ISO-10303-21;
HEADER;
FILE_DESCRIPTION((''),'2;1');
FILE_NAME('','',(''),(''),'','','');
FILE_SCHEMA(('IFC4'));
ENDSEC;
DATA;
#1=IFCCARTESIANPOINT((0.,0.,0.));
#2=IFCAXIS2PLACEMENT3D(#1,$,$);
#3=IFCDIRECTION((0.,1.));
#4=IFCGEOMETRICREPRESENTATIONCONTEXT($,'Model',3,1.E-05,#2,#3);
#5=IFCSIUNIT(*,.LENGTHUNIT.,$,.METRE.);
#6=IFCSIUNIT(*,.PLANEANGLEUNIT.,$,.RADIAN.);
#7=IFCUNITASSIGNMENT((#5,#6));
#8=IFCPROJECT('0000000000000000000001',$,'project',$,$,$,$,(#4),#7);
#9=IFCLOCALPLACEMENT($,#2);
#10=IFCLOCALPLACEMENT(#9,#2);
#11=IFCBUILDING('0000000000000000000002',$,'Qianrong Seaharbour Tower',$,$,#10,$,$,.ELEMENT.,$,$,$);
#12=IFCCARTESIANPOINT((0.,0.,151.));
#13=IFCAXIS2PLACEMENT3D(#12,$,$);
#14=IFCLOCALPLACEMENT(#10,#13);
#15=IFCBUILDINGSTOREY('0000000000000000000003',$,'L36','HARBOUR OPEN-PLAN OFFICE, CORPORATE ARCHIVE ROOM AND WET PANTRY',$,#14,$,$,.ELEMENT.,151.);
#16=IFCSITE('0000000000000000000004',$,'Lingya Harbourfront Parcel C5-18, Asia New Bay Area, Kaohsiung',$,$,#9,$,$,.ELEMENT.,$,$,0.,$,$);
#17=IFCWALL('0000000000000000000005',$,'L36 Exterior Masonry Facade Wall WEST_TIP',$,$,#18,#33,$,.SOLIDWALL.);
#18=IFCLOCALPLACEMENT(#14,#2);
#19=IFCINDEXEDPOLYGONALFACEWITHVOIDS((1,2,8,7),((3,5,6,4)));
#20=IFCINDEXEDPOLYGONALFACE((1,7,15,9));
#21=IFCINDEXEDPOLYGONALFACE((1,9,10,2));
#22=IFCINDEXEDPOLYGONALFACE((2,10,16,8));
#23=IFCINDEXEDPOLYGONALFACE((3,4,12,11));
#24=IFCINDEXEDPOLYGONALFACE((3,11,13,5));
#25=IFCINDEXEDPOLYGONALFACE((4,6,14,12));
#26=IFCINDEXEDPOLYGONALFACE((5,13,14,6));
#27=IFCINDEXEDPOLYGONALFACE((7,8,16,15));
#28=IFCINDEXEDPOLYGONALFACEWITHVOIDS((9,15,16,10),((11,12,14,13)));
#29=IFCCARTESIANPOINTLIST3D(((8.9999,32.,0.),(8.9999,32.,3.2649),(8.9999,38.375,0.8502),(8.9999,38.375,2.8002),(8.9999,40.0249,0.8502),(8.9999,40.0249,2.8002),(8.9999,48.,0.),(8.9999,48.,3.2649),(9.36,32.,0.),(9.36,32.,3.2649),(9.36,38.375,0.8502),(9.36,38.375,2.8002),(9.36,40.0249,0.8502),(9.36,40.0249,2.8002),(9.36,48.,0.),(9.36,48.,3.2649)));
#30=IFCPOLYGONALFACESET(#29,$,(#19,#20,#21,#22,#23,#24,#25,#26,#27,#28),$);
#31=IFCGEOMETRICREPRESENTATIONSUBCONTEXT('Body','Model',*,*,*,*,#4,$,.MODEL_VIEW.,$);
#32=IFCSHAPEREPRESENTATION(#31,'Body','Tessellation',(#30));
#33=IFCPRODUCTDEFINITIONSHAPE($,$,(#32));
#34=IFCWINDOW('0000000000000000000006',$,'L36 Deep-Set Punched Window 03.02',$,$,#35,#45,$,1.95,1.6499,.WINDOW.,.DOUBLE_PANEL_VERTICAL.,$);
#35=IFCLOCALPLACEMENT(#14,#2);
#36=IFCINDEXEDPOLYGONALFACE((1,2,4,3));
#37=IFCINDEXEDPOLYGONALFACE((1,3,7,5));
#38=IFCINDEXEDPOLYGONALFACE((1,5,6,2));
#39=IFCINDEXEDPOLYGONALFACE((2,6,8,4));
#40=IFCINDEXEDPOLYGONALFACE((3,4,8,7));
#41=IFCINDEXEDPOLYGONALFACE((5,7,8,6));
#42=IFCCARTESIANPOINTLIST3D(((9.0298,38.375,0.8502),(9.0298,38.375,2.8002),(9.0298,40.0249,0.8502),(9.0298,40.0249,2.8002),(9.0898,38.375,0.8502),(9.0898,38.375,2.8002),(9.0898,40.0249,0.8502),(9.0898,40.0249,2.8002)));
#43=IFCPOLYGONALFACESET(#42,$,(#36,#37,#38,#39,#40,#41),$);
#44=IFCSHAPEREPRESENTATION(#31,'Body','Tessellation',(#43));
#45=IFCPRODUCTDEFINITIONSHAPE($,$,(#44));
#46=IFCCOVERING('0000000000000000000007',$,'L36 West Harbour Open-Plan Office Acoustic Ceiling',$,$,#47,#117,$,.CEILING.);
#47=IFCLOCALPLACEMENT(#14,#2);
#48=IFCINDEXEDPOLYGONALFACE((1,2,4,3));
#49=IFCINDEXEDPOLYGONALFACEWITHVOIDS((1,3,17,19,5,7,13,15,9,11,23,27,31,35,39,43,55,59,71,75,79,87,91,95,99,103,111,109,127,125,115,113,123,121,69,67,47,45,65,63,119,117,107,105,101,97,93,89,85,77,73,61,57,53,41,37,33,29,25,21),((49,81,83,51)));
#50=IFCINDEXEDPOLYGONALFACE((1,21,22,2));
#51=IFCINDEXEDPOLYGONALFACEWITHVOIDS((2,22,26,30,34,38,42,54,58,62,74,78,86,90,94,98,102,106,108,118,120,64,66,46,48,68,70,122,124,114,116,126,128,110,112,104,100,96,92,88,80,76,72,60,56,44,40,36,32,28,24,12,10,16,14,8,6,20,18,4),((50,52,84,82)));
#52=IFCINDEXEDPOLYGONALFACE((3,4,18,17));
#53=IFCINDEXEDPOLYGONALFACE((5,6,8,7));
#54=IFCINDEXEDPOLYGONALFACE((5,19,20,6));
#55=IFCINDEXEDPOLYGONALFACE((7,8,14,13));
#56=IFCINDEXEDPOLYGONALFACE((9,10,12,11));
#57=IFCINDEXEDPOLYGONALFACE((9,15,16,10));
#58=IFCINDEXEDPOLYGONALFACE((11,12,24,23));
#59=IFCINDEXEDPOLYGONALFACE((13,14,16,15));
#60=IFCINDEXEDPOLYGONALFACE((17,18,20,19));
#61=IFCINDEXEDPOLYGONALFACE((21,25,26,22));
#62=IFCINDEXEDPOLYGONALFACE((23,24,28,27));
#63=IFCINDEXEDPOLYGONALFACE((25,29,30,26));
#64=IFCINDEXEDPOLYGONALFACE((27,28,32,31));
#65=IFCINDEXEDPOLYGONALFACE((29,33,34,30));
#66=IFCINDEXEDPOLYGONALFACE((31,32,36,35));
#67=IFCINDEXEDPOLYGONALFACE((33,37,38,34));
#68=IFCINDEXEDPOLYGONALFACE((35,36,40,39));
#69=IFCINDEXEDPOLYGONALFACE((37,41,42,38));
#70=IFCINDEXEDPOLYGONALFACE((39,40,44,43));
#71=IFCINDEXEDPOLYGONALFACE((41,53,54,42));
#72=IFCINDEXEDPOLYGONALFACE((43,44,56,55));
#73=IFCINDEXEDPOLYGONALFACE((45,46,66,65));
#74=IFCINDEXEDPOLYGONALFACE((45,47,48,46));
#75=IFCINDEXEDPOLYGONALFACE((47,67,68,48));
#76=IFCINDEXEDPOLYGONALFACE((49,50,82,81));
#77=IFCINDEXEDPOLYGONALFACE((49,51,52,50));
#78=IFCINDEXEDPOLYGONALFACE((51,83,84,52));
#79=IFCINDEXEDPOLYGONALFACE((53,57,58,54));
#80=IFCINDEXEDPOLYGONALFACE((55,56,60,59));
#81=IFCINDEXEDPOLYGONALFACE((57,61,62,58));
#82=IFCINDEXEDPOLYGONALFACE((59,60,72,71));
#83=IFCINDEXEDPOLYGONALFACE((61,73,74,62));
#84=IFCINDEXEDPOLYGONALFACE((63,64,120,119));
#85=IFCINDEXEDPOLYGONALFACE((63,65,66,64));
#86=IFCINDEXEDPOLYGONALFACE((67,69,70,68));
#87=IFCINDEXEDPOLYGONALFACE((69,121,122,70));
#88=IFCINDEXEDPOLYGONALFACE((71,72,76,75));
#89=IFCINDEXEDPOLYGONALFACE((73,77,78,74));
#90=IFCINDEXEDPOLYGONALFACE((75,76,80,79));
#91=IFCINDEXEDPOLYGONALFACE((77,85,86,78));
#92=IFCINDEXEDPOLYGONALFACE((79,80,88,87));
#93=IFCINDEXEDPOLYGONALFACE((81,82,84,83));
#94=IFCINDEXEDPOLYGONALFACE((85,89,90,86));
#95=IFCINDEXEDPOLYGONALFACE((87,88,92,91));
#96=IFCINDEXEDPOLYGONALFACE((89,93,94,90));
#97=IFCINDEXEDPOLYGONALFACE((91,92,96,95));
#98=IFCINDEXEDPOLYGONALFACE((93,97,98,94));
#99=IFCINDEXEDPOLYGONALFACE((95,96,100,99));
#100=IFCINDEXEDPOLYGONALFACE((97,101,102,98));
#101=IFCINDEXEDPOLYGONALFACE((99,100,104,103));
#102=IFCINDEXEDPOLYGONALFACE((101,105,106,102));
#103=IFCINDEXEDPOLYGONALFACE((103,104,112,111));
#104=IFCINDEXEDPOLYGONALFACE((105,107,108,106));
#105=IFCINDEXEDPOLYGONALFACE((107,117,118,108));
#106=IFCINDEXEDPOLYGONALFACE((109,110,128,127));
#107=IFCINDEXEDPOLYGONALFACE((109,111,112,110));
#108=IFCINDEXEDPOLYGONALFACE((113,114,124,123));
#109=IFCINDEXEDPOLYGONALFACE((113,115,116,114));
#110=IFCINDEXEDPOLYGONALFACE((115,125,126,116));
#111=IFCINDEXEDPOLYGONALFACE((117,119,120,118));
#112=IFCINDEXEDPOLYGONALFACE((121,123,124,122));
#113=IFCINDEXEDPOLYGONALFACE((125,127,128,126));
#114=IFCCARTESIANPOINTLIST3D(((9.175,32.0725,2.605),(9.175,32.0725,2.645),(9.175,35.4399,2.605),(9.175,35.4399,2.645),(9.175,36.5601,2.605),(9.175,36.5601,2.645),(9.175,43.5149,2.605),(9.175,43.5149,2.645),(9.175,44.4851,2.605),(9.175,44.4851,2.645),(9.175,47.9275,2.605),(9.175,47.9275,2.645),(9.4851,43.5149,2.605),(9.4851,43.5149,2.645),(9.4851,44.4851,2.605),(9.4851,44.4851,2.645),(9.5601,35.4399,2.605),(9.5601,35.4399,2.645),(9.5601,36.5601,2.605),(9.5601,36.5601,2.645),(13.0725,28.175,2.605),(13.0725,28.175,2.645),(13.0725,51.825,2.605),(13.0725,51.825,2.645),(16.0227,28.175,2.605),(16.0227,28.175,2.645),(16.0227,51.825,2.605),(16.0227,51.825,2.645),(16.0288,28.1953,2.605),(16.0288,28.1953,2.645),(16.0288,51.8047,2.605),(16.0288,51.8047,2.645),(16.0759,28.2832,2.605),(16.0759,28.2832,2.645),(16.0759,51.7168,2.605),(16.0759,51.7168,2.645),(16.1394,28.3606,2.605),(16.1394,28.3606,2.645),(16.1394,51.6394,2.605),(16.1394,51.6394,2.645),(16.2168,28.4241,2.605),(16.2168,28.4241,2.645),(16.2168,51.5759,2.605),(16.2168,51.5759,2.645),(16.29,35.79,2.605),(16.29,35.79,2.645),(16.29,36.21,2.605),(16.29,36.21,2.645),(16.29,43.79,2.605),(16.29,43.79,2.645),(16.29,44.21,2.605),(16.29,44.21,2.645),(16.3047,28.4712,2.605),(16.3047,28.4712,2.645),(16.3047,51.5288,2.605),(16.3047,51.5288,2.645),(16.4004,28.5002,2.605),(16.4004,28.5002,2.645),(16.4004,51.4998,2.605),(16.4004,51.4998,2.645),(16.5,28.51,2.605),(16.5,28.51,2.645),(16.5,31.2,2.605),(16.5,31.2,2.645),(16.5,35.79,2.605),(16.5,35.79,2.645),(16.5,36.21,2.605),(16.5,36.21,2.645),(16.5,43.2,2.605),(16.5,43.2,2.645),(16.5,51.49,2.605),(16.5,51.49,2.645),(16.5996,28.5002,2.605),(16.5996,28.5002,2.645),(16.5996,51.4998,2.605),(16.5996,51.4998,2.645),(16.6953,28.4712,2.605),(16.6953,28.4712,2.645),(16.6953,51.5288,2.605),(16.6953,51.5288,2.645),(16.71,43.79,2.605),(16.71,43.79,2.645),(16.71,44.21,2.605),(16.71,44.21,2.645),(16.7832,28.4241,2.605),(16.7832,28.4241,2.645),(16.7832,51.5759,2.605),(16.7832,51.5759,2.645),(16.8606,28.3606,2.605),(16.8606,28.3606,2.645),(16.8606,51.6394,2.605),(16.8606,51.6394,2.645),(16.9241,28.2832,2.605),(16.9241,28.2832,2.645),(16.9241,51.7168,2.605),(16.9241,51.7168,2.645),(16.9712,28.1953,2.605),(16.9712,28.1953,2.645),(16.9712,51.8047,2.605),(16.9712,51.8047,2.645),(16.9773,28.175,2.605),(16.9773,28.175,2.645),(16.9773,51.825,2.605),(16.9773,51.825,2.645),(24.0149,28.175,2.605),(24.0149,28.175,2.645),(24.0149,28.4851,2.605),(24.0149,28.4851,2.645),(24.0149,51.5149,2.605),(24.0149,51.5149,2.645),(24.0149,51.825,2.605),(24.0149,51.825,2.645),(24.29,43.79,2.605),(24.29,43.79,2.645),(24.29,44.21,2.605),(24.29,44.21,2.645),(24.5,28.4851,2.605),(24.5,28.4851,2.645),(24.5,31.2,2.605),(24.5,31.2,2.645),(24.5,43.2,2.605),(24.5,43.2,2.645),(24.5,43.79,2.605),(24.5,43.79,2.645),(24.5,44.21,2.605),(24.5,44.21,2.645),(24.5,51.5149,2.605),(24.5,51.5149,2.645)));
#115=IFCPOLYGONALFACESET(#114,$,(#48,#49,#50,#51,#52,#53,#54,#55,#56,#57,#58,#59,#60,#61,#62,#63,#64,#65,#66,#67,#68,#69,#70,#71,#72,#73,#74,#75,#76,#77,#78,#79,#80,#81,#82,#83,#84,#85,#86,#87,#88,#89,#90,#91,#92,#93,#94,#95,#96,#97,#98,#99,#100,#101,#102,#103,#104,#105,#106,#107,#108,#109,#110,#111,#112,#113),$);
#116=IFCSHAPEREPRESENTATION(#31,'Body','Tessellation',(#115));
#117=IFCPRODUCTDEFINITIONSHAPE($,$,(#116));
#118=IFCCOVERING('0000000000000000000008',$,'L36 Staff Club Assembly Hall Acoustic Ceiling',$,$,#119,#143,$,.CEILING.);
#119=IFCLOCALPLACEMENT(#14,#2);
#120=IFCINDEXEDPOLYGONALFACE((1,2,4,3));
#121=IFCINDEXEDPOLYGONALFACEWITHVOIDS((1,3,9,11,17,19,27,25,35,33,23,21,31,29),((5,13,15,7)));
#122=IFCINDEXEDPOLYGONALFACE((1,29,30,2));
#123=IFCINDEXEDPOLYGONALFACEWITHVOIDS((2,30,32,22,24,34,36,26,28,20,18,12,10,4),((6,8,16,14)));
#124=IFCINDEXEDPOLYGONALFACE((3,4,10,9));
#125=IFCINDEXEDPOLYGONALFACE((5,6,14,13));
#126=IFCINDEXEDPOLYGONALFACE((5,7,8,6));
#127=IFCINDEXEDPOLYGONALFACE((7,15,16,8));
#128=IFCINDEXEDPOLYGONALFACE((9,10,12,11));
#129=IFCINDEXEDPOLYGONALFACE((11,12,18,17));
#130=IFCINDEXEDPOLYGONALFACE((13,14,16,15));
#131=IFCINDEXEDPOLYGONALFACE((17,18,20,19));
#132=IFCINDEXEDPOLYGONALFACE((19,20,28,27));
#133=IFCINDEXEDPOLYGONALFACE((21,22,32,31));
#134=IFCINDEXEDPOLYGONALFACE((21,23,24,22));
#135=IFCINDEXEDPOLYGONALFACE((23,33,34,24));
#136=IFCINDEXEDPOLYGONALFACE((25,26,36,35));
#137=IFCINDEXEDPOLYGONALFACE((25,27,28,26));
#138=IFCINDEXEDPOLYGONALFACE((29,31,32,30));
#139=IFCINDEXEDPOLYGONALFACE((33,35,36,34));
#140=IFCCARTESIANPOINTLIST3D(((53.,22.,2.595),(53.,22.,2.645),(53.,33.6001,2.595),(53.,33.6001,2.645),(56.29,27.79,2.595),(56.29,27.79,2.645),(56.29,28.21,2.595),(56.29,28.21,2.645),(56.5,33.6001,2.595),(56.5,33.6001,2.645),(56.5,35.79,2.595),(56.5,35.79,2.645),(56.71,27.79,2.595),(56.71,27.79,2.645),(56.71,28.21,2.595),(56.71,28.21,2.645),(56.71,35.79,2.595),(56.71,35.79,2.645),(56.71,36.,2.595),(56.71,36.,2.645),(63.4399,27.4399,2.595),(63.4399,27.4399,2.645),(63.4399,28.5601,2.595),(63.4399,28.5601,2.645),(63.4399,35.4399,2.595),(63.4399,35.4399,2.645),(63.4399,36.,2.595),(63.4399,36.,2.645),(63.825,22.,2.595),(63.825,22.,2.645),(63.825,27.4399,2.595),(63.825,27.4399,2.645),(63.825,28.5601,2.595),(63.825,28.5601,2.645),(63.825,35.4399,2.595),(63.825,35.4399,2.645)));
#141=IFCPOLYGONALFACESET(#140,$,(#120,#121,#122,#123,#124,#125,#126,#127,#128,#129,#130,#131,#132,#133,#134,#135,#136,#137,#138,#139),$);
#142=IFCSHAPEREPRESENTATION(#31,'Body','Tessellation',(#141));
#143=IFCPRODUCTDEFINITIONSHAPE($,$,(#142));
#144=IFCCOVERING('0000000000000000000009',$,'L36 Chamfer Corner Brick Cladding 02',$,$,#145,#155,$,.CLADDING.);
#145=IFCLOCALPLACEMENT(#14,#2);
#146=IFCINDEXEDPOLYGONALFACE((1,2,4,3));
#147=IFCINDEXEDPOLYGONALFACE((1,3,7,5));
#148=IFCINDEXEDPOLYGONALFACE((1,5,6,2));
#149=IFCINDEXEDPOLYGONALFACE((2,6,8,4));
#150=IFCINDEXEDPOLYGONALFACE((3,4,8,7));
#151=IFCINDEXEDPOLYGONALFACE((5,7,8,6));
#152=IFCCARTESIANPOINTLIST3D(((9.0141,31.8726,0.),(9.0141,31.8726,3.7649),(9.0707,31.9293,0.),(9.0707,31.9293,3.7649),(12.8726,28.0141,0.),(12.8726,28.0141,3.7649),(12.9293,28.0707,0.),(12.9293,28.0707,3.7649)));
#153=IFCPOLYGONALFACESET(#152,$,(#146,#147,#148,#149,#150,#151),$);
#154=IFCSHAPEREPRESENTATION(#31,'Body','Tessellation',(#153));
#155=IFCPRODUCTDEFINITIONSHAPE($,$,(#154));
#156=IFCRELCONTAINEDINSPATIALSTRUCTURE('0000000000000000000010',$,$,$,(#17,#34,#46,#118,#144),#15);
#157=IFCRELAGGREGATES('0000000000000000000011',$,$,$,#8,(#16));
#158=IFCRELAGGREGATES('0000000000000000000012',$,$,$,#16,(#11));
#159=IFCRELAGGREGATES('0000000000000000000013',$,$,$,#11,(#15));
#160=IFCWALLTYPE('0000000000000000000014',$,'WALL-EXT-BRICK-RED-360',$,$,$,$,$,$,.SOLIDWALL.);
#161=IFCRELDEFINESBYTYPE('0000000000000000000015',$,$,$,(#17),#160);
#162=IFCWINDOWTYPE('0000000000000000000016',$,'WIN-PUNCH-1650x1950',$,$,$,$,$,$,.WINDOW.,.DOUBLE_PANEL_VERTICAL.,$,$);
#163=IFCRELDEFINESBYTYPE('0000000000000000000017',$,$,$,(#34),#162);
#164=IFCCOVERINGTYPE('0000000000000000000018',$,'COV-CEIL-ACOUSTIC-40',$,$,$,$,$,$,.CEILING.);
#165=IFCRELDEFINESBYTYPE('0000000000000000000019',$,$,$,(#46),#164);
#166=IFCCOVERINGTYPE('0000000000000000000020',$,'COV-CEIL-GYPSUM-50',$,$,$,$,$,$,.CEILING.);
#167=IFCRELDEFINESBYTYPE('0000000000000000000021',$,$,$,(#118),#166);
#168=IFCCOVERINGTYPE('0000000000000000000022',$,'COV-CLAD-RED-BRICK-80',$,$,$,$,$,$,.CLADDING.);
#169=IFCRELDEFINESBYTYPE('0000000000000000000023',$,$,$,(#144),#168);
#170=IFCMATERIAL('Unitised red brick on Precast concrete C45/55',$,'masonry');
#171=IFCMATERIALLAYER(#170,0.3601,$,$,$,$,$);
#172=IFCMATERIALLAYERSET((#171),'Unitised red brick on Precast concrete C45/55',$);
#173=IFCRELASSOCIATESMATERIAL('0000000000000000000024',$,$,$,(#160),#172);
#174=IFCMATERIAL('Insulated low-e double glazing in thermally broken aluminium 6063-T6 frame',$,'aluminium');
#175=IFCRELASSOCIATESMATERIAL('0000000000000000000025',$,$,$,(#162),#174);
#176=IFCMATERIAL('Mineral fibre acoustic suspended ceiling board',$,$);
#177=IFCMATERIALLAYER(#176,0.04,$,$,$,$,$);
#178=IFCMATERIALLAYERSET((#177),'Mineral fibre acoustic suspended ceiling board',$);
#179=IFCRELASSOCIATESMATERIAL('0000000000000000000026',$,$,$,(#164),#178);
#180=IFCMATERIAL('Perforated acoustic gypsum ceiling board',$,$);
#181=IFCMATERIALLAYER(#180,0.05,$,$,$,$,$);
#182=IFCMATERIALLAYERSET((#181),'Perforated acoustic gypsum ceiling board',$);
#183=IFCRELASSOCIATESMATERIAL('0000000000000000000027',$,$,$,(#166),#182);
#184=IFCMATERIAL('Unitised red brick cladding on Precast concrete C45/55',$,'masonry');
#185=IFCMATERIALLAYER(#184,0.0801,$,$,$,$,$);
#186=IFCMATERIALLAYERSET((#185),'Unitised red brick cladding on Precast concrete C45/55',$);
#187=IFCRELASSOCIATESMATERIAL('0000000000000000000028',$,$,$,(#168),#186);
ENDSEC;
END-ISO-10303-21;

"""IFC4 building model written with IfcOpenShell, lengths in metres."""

from ifc_helpers import new_model, si_unit, direction, frame, frame_2d, origin, origin_2d, place, context, subcontext, project, spatial, polyline, rectangle, outline, extrude, material, layer, layer_set, type_object, element, fill, save


model = new_model("IFC4")

# Units and contexts
model_context = context("Model", 3, precision=1e-05, world=origin(), true_north=direction((0.0, 1.0)))
body_context = subcontext(model_context, "Body", "Model", "MODEL_VIEW")
ifc_project = project(units=[si_unit("LENGTHUNIT", "METRE"), si_unit("PLANEANGLEUNIT", "RADIAN")], contexts=[model_context])

# Site, building, storey
site_placement = place(None, origin())
site = spatial("IfcSite", under=ifc_project, at=site_placement, Name="Lingya Harbourfront Parcel C5-18, Asia New Bay Area, Kaohsiung", CompositionType="ELEMENT", RefElevation=0.0)
building_placement = place(site_placement, origin())
building = spatial("IfcBuilding", under=site, at=building_placement, Name="Qianrong Seaharbour Tower", CompositionType="ELEMENT")
storey_placement = place(building_placement, frame((0.0, 0.0, 151.0)))
storey = spatial("IfcBuildingStorey", under=building, at=storey_placement, Name="L36", Description="HARBOUR OPEN-PLAN OFFICE, CORPORATE ARCHIVE ROOM AND WET PANTRY", CompositionType="ELEMENT", Elevation=151.0)

# Shared definitions
ifc_material_1 = material(Name="Unitised red brick on Precast concrete C45/55", Category="masonry")
ifc_layer_1 = layer(ifc_material_1, 0.3601)
ifc_layer_set_1 = layer_set([ifc_layer_1], Name="Unitised red brick on Precast concrete C45/55")
wall_type_1 = type_object("IfcWallType", Name="WALL-EXT-BRICK-RED-360", PredefinedType="SOLIDWALL", material=ifc_layer_set_1)

# Wall, opening, window
wall_1_placement = place(storey_placement, frame((9.1799, 32.0, 0.0), z_axis=(0.0, 0.0, 1.0), x_axis=(0.0, 1.0, 0.0)))
wall_1 = element("IfcWall", 1, at=wall_1_placement, inside=storey, type_object=wall_type_1, Name="L36 Exterior Masonry Facade Wall WEST_TIP", PredefinedType="SOLIDWALL", context=body_context, shape_type="SweptSolid", body=[
    extrude(rectangle(XDim=16.0, YDim=0.3601, at=frame_2d((8.0, 0.0))), origin(), (0.0, 0.0, 1.0), 3.2649),
])
opening_placement = place(wall_1_placement, frame((6.375, 0.0, 0.8501)))
opening = element("IfcOpeningElement", 2, at=opening_placement, cuts=wall_1, PredefinedType="OPENING", context=body_context, shape_type="SweptSolid", body=[
    extrude(rectangle(XDim=1.6499, YDim=1.95, at=frame_2d((0.825, 0.9751))), frame((0.0, 0.1899, 0.0), z_axis=(0.0, -1.0, 0.0), x_axis=(1.0, 0.0, 0.0)), (0.0, 0.0, 1.0), 0.3801),
])
ifc_material_2 = material(Name="Insulated low-e double glazing in thermally broken aluminium 6063-T6 frame", Category="aluminium")
window_type = type_object("IfcWindowType", Name="WIN-PUNCH-1650x1950", PartitioningType="DOUBLE_PANEL_VERTICAL", PredefinedType="WINDOW", material=ifc_material_2)
window_placement = place(opening_placement, origin())
window = element("IfcWindow", 3, at=window_placement, inside=storey, type_object=window_type, Name="L36 Deep-Set Punched Window 03.02", OverallHeight=1.95, OverallWidth=1.6499, PartitioningType="DOUBLE_PANEL_VERTICAL", PredefinedType="WINDOW", context=body_context, shape_type="SweptSolid", body=[
    extrude(rectangle(XDim=1.6499, YDim=1.95, at=frame_2d((0.825, 0.9751))), frame((0.0, 0.1501, 0.0), z_axis=(0.0, -1.0, 0.0), x_axis=(1.0, 0.0, 0.0)), (0.0, 0.0, 1.0), 0.0601),
])
fill(opening, window)

# Coverings
ifc_material_3 = material(Name="Mineral fibre acoustic suspended ceiling board")
ifc_layer_2 = layer(ifc_material_3, 0.04)
ifc_layer_set_2 = layer_set([ifc_layer_2], Name="Mineral fibre acoustic suspended ceiling board")
covering_type_1 = type_object("IfcCoveringType", Name="COV-CEIL-ACOUSTIC-40", PredefinedType="CEILING", material=ifc_layer_set_2)
covering_1_placement = place(storey_placement, frame((0.0, 0.0, 2.605)))
element("IfcCovering", 4, at=covering_1_placement, inside=storey, type_object=covering_type_1, Name="L36 West Harbour Open-Plan Office Acoustic Ceiling", PredefinedType="CEILING", context=body_context, shape_type="SweptSolid", body=[
    extrude(outline(polyline([(9.175, 32.0725), (9.175, 35.4399), (9.5601, 35.4399), (9.5601, 36.5601), (9.175, 36.5601), (9.175, 43.5149), (9.4851, 43.5149), (9.4851, 44.4851), (9.175, 44.4851), (9.175, 47.9275), (13.0725, 51.825), (16.0227, 51.825), (16.0288, 51.8047), (16.0759, 51.7168), (16.1394, 51.6394), (16.2168, 51.5759), (16.3047, 51.5288), (16.4004, 51.4998), (16.5, 51.49), (16.5996, 51.4998), (16.6953, 51.5288), (16.7832, 51.5759), (16.8606, 51.6394), (16.9241, 51.7168), (16.9712, 51.8047), (16.9773, 51.825), (24.0149, 51.825), (24.0149, 51.5149), (24.5, 51.5149), (24.5, 44.21), (24.29, 44.21), (24.29, 43.79), (24.5, 43.79), (24.5, 43.2), (16.5, 43.2), (16.5, 36.21), (16.29, 36.21), (16.29, 35.79), (16.5, 35.79), (16.5, 31.2), (24.5, 31.2), (24.5, 28.4851), (24.0149, 28.4851), (24.0149, 28.175), (16.9773, 28.175), (16.9712, 28.1953), (16.9241, 28.2832), (16.8606, 28.3606), (16.7832, 28.4241), (16.6953, 28.4712), (16.5996, 28.5002), (16.5, 28.51), (16.4004, 28.5002), (16.3047, 28.4712), (16.2168, 28.4241), (16.1394, 28.3606), (16.0759, 28.2832), (16.0288, 28.1953), (16.0227, 28.175), (13.0725, 28.175), (9.175, 32.0725)]), holes=[polyline([(16.71, 43.79), (16.71, 44.21), (16.29, 44.21), (16.29, 43.79), (16.71, 43.79)])]), origin(), (0.0, 0.0, 1.0), 0.04),
])
ifc_material_4 = material(Name="Perforated acoustic gypsum ceiling board")
ifc_layer_3 = layer(ifc_material_4, 0.05)
ifc_layer_set_3 = layer_set([ifc_layer_3], Name="Perforated acoustic gypsum ceiling board")
covering_type_2 = type_object("IfcCoveringType", Name="COV-CEIL-GYPSUM-50", PredefinedType="CEILING", material=ifc_layer_set_3)
covering_2_placement = place(storey_placement, frame((0.0, 0.0, 2.595)))
element("IfcCovering", 5, at=covering_2_placement, inside=storey, type_object=covering_type_2, Name="L36 Staff Club Assembly Hall Acoustic Ceiling", PredefinedType="CEILING", context=body_context, shape_type="SweptSolid", body=[
    extrude(outline(polyline([(56.5, 33.6001), (56.5, 35.79), (56.71, 35.79), (56.71, 36.0), (63.4399, 36.0), (63.4399, 35.4399), (63.825, 35.4399), (63.825, 28.5601), (63.4399, 28.5601), (63.4399, 27.4399), (63.825, 27.4399), (63.825, 22.0), (53.0, 22.0), (53.0, 33.6001), (56.5, 33.6001)]), holes=[polyline([(56.71, 27.79), (56.71, 28.21), (56.29, 28.21), (56.29, 27.79), (56.71, 27.79)])]), origin(), (0.0, 0.0, 1.0), 0.05),
])
ifc_material_5 = material(Name="Unitised red brick cladding on Precast concrete C45/55", Category="masonry")
ifc_layer_4 = layer(ifc_material_5, 0.0801)
ifc_layer_set_4 = layer_set([ifc_layer_4], Name="Unitised red brick cladding on Precast concrete C45/55")
covering_type_3 = type_object("IfcCoveringType", Name="COV-CLAD-RED-BRICK-80", PredefinedType="CLADDING", material=ifc_layer_set_4)
covering_3_placement = place(storey_placement, frame((10.9717, 29.9717, 0.0), z_axis=(0.0, 0.0, 1.0), x_axis=(-0.707107, 0.707107, 0.0)))
element("IfcCovering", 6, at=covering_3_placement, inside=storey, type_object=covering_type_3, Name="L36 Chamfer Corner Brick Cladding 02", PredefinedType="CLADDING", context=body_context, shape_type="SweptSolid", body=[
    extrude(rectangle(XDim=5.4568, YDim=0.0801, at=origin_2d()), origin(), (0.0, 0.0, 1.0), 3.7649),
])

save(model, "model.ifc")
